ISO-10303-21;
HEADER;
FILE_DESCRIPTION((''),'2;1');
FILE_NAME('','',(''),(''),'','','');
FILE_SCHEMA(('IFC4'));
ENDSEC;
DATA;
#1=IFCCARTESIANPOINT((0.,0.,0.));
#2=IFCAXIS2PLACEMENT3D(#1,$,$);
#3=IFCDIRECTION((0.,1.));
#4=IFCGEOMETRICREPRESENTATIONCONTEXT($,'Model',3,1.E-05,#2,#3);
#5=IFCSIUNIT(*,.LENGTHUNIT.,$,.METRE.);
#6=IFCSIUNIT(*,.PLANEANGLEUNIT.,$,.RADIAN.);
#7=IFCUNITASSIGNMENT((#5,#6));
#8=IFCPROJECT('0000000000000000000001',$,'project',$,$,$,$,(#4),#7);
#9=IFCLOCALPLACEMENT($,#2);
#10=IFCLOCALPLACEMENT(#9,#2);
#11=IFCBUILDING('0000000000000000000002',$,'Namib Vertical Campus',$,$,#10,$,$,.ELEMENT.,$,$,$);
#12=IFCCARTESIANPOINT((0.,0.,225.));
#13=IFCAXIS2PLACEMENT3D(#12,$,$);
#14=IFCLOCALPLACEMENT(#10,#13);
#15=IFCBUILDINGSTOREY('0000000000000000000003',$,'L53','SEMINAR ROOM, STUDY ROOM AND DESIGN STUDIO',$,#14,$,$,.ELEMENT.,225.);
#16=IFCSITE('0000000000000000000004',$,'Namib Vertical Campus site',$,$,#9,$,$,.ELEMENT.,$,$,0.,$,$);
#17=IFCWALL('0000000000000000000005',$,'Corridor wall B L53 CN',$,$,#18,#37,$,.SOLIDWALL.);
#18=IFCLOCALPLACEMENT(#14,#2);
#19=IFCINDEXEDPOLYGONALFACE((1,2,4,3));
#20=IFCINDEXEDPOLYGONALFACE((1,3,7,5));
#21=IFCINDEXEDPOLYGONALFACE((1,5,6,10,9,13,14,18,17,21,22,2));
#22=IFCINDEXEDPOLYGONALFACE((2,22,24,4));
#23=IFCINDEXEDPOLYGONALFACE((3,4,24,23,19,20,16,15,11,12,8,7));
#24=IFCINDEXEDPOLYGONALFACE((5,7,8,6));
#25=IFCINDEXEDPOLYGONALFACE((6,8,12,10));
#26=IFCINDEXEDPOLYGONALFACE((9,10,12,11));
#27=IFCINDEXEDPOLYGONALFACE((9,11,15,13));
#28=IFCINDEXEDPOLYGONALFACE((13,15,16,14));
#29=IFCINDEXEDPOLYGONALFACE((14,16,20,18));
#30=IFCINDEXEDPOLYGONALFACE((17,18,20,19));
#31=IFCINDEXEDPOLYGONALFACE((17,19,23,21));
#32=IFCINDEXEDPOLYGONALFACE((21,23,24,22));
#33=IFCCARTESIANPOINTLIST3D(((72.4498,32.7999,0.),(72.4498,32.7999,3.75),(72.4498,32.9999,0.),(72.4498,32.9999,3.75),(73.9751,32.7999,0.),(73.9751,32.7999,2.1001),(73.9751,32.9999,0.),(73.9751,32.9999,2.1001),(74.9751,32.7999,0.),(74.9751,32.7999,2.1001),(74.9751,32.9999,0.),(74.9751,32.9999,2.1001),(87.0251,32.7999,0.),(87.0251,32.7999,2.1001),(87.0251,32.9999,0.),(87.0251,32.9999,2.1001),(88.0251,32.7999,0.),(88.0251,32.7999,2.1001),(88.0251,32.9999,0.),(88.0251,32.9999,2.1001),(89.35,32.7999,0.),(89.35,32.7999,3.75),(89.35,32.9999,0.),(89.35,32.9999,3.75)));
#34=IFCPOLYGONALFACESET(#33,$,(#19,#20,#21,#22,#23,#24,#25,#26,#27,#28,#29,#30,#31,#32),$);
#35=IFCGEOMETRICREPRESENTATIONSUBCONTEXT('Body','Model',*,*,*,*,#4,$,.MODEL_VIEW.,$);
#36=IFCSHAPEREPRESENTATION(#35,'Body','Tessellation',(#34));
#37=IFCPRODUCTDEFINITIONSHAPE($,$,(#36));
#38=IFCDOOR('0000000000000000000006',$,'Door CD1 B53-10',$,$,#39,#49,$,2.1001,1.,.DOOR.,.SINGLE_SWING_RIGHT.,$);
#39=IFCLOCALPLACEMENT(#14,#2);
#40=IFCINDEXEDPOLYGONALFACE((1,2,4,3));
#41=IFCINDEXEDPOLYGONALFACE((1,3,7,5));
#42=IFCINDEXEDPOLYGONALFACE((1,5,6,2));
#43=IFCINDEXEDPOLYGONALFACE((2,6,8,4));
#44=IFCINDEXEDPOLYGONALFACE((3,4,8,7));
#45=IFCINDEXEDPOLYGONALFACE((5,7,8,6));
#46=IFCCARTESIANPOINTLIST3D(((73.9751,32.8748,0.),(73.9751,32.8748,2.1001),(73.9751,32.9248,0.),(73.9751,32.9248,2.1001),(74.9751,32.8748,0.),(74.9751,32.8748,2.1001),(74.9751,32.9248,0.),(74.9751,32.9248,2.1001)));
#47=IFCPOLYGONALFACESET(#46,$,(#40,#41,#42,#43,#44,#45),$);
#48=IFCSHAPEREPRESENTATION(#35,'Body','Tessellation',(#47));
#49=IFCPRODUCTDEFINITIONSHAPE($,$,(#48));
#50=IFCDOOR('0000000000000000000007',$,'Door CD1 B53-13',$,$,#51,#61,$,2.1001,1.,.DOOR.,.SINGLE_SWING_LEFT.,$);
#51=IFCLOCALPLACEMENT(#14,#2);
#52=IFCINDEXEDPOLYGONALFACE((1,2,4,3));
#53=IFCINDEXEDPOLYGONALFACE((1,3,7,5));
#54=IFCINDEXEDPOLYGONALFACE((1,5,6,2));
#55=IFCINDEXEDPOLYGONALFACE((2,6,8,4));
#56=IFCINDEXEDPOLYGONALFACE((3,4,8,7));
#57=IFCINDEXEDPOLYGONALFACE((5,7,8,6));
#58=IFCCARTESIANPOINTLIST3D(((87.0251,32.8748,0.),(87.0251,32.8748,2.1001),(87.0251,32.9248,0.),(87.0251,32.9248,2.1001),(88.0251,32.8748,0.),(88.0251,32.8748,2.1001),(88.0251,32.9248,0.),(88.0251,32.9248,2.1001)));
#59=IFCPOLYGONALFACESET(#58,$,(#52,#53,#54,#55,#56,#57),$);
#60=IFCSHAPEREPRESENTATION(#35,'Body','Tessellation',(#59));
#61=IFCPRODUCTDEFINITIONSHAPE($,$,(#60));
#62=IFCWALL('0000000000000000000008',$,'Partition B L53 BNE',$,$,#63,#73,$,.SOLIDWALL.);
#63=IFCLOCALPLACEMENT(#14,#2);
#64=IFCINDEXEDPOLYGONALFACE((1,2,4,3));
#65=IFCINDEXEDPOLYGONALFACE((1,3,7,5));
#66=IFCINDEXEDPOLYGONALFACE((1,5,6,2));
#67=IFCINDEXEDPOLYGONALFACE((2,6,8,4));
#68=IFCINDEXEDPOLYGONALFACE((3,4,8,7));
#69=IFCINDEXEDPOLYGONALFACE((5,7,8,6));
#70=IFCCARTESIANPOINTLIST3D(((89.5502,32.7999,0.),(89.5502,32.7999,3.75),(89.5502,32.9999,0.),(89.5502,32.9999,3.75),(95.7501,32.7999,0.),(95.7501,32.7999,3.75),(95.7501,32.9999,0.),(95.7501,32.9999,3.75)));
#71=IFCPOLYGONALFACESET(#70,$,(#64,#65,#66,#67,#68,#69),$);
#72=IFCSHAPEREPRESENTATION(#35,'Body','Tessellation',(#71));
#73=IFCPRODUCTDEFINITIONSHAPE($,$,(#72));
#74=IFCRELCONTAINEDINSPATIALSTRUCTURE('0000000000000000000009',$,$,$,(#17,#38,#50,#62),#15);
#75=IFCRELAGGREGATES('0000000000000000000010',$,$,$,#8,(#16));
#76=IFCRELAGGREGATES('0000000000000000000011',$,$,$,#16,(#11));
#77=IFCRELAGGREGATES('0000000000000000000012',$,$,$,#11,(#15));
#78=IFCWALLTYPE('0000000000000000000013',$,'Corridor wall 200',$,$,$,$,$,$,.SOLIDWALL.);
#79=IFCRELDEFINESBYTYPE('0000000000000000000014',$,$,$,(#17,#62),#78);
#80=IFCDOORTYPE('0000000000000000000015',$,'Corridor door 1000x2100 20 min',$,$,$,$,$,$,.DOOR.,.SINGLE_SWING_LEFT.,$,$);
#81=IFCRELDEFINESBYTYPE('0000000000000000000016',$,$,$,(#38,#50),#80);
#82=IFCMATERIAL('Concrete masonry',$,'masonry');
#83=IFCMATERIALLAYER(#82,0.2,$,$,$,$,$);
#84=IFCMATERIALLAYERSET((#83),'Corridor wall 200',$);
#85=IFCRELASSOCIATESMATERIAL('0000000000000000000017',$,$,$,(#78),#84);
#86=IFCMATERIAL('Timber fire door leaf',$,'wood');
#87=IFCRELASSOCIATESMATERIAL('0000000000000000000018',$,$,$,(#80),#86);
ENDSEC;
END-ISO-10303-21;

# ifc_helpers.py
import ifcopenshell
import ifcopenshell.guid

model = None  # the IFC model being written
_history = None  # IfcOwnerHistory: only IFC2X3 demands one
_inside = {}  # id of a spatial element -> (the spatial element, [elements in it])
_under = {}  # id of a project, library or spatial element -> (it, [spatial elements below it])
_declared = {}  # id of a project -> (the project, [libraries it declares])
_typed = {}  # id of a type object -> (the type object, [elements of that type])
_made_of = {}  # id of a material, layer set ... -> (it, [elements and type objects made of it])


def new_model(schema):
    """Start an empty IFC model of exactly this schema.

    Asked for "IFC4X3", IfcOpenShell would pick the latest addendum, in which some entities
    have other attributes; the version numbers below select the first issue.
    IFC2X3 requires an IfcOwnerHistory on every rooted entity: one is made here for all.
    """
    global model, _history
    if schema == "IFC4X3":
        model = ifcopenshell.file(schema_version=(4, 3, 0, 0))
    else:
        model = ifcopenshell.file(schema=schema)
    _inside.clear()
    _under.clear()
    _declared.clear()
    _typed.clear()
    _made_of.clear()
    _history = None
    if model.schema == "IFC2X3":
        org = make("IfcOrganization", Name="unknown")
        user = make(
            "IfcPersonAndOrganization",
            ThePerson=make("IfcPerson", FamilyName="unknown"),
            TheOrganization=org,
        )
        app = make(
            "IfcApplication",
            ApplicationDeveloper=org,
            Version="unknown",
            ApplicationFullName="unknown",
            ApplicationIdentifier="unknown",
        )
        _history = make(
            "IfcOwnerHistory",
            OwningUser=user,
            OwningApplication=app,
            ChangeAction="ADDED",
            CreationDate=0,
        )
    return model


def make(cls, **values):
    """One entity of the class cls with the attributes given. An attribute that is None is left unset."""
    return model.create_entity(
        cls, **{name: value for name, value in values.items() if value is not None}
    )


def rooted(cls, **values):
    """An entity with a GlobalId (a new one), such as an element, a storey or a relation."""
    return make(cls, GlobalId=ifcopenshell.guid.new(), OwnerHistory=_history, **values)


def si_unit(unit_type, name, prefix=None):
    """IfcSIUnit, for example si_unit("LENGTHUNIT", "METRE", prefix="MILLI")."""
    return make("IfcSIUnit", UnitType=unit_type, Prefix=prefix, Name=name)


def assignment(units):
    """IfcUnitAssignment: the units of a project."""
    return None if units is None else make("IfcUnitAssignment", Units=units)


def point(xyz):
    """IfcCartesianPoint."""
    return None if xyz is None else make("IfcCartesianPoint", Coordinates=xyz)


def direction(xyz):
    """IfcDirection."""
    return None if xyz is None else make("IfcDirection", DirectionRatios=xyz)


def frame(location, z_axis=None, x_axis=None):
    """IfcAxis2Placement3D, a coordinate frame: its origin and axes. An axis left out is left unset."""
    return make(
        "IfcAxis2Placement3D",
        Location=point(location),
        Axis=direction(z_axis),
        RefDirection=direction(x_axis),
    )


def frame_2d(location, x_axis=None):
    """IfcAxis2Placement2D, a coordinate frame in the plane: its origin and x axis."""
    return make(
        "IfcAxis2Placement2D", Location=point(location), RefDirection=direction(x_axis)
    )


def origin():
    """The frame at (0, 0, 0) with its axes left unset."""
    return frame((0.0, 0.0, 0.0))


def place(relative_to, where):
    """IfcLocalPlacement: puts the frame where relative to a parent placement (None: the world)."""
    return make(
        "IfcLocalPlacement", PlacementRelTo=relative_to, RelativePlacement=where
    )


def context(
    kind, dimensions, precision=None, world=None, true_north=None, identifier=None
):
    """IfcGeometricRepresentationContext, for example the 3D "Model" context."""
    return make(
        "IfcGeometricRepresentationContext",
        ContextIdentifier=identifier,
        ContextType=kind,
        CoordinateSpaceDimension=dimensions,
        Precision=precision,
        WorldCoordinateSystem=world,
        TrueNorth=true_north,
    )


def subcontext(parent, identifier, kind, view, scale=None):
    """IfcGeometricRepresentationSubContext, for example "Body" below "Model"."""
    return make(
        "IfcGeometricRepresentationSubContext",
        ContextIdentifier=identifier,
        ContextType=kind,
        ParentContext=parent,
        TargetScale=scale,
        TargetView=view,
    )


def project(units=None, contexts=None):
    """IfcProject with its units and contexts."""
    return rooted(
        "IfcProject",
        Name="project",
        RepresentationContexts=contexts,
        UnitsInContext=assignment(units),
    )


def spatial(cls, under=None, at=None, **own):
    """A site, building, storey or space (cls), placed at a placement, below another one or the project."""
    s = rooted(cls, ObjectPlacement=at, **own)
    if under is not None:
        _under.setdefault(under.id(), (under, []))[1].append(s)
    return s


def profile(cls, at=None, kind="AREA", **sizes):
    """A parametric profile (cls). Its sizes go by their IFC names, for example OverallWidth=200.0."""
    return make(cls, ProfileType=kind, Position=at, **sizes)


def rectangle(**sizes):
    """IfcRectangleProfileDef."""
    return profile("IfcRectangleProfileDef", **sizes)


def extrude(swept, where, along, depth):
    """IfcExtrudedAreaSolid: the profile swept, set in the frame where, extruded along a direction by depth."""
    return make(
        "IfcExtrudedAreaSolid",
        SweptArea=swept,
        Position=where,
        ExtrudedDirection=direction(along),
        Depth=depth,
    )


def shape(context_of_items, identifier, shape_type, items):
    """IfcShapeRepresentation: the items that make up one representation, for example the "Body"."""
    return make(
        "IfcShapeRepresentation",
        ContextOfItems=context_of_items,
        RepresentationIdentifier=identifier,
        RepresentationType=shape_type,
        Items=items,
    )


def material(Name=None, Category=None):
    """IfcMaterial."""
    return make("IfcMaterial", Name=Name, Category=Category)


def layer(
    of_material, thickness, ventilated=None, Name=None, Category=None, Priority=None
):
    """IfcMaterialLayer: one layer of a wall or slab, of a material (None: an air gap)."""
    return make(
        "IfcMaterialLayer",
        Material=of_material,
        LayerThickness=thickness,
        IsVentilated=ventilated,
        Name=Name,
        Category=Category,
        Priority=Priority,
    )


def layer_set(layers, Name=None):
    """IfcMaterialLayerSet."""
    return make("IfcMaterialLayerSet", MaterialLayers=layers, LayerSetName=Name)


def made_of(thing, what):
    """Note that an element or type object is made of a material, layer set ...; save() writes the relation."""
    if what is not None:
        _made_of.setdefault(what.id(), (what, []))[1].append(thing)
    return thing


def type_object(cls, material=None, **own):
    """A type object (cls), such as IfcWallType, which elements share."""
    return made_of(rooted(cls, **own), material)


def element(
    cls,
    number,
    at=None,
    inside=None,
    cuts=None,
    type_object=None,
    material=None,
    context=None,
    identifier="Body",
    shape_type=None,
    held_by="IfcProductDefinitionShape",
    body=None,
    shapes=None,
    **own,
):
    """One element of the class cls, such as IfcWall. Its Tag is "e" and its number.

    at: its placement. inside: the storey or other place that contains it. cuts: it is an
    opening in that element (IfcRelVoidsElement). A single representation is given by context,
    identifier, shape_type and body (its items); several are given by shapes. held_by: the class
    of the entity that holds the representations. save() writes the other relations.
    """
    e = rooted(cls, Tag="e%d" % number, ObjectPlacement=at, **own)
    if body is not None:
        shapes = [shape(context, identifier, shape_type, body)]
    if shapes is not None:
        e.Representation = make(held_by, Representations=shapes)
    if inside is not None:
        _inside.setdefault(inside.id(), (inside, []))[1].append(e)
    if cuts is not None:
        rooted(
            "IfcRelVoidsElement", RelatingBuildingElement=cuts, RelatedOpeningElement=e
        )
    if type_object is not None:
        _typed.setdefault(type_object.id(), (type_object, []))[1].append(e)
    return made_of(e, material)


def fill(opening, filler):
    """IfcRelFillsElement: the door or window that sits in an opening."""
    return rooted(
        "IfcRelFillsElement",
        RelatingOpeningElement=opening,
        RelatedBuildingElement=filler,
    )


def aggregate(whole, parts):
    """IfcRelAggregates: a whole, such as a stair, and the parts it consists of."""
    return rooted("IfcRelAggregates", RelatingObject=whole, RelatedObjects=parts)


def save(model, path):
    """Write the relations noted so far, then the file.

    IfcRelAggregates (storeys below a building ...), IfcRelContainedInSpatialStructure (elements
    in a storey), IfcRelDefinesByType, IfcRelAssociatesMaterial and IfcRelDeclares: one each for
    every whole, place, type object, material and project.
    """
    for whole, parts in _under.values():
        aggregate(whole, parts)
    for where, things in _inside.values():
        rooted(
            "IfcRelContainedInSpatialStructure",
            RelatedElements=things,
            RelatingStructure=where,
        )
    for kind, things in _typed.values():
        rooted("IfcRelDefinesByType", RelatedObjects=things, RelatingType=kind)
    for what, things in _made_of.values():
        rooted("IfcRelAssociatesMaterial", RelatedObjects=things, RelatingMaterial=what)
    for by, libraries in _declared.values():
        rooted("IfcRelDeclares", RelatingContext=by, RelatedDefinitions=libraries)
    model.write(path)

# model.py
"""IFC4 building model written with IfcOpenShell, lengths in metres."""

from ifc_helpers import new_model, si_unit, direction, frame, frame_2d, origin, place, context, subcontext, project, spatial, rectangle, extrude, material, layer, layer_set, type_object, element, fill, save


model = new_model("IFC4")

# Units and contexts
model_context = context("Model", 3, precision=1e-05, world=origin(), true_north=direction((0.0, 1.0)))
body_context = subcontext(model_context, "Body", "Model", "MODEL_VIEW")
ifc_project = project(units=[si_unit("LENGTHUNIT", "METRE"), si_unit("PLANEANGLEUNIT", "RADIAN")], contexts=[model_context])

# Site, building, storey
site_placement = place(None, origin())
site = spatial("IfcSite", under=ifc_project, at=site_placement, Name="Namib Vertical Campus site", CompositionType="ELEMENT", RefElevation=0.0)
building_placement = place(site_placement, origin())
building = spatial("IfcBuilding", under=site, at=building_placement, Name="Namib Vertical Campus", CompositionType="ELEMENT")
storey_placement = place(building_placement, frame((0.0, 0.0, 225.0)))
storey = spatial("IfcBuildingStorey", under=building, at=storey_placement, Name="L53", Description="SEMINAR ROOM, STUDY ROOM AND DESIGN STUDIO", CompositionType="ELEMENT", Elevation=225.0)

# Wall, openings, doors
ifc_material_1 = material(Name="Concrete masonry", Category="masonry")
ifc_layer_1 = layer(ifc_material_1, 0.2)
ifc_layer_set_1 = layer_set([ifc_layer_1], Name="Corridor wall 200")
wall_type_1 = type_object("IfcWallType", Name="Corridor wall 200", PredefinedType="SOLIDWALL", material=ifc_layer_set_1)
wall_1_placement = place(storey_placement, frame((89.3501, 32.8999, 0.0), z_axis=(0.0, 0.0, 1.0), x_axis=(-1.0, 0.0, 0.0)))
wall_1 = element("IfcWall", 1, at=wall_1_placement, inside=storey, type_object=wall_type_1, Name="Corridor wall B L53 CN", PredefinedType="SOLIDWALL", context=body_context, shape_type="SweptSolid", body=[
    extrude(rectangle(XDim=16.9001, YDim=0.2, at=frame_2d((8.4502, 0.0))), origin(), (0.0, 0.0, 1.0), 3.75),
])
opening_1_placement = place(wall_1_placement, frame((14.375, 0.0, 0.0)))
opening_1 = element("IfcOpeningElement", 2, at=opening_1_placement, cuts=wall_1, PredefinedType="OPENING", context=body_context, shape_type="SweptSolid", body=[
    extrude(rectangle(XDim=1.0, YDim=2.1001, at=frame_2d((0.5, 1.05))), frame((0.0, 0.1099, 0.0), z_axis=(0.0, -1.0, 0.0), x_axis=(1.0, 0.0, 0.0)), (0.0, 0.0, 1.0), 0.22),
])
opening_2_placement = place(wall_1_placement, frame((1.325, 0.0, 0.0)))
opening_2 = element("IfcOpeningElement", 3, at=opening_2_placement, cuts=wall_1, PredefinedType="OPENING", context=body_context, shape_type="SweptSolid", body=[
    extrude(rectangle(XDim=1.0, YDim=2.1001, at=frame_2d((0.5, 1.05))), frame((0.0, 0.1099, 0.0), z_axis=(0.0, -1.0, 0.0), x_axis=(1.0, 0.0, 0.0)), (0.0, 0.0, 1.0), 0.22),
])
ifc_material_2 = material(Name="Timber fire door leaf", Category="wood")
door_type_1 = type_object("IfcDoorType", Name="Corridor door 1000x2100 20 min", OperationType="SINGLE_SWING_LEFT", PredefinedType="DOOR", material=ifc_material_2)
door_1_placement = place(opening_1_placement, frame((1.0, 0.0, 0.0), z_axis=(0.0, 0.0, 1.0), x_axis=(-1.0, 0.0, 0.0)))
door_1 = element("IfcDoor", 4, at=door_1_placement, inside=storey, type_object=door_type_1, Name="Door CD1 B53-10", OperationType="SINGLE_SWING_RIGHT", OverallHeight=2.1001, OverallWidth=1.0, PredefinedType="DOOR", context=body_context, shape_type="SweptSolid", body=[
    extrude(rectangle(XDim=1.0, YDim=2.1001, at=frame_2d((0.5, 1.05))), frame((0.0, 0.0249, 0.0), z_axis=(0.0, -1.0, 0.0), x_axis=(1.0, 0.0, 0.0)), (0.0, 0.0, 1.0), 0.05),
])
fill(opening_1, door_1)
door_2_placement = place(opening_2_placement, frame((1.0, 0.0, 0.0), z_axis=(0.0, 0.0, 1.0), x_axis=(-1.0, 0.0, 0.0)))
door_2 = element("IfcDoor", 5, at=door_2_placement, inside=storey, type_object=door_type_1, Name="Door CD1 B53-13", OperationType="SINGLE_SWING_LEFT", OverallHeight=2.1001, OverallWidth=1.0, PredefinedType="DOOR", context=body_context, shape_type="SweptSolid", body=[
    extrude(rectangle(XDim=1.0, YDim=2.1001, at=frame_2d((0.5, 1.05))), frame((0.0, 0.0249, 0.0), z_axis=(0.0, -1.0, 0.0), x_axis=(1.0, 0.0, 0.0)), (0.0, 0.0, 1.0), 0.05),
])
fill(opening_2, door_2)

# Wall
wall_2_placement = place(storey_placement, frame((89.55, 32.8999, 0.0), z_axis=(0.0, 0.0, 1.0), x_axis=(1.0, 0.0, 0.0)))
element("IfcWall", 6, at=wall_2_placement, inside=storey, type_object=wall_type_1, Name="Partition B L53 BNE", PredefinedType="SOLIDWALL", context=body_context, shape_type="SweptSolid", body=[
    extrude(rectangle(XDim=6.2, YDim=0.2, at=frame_2d((3.1001, 0.0))), origin(), (0.0, 0.0, 1.0), 3.75),
])

save(model, "model.ifc")
